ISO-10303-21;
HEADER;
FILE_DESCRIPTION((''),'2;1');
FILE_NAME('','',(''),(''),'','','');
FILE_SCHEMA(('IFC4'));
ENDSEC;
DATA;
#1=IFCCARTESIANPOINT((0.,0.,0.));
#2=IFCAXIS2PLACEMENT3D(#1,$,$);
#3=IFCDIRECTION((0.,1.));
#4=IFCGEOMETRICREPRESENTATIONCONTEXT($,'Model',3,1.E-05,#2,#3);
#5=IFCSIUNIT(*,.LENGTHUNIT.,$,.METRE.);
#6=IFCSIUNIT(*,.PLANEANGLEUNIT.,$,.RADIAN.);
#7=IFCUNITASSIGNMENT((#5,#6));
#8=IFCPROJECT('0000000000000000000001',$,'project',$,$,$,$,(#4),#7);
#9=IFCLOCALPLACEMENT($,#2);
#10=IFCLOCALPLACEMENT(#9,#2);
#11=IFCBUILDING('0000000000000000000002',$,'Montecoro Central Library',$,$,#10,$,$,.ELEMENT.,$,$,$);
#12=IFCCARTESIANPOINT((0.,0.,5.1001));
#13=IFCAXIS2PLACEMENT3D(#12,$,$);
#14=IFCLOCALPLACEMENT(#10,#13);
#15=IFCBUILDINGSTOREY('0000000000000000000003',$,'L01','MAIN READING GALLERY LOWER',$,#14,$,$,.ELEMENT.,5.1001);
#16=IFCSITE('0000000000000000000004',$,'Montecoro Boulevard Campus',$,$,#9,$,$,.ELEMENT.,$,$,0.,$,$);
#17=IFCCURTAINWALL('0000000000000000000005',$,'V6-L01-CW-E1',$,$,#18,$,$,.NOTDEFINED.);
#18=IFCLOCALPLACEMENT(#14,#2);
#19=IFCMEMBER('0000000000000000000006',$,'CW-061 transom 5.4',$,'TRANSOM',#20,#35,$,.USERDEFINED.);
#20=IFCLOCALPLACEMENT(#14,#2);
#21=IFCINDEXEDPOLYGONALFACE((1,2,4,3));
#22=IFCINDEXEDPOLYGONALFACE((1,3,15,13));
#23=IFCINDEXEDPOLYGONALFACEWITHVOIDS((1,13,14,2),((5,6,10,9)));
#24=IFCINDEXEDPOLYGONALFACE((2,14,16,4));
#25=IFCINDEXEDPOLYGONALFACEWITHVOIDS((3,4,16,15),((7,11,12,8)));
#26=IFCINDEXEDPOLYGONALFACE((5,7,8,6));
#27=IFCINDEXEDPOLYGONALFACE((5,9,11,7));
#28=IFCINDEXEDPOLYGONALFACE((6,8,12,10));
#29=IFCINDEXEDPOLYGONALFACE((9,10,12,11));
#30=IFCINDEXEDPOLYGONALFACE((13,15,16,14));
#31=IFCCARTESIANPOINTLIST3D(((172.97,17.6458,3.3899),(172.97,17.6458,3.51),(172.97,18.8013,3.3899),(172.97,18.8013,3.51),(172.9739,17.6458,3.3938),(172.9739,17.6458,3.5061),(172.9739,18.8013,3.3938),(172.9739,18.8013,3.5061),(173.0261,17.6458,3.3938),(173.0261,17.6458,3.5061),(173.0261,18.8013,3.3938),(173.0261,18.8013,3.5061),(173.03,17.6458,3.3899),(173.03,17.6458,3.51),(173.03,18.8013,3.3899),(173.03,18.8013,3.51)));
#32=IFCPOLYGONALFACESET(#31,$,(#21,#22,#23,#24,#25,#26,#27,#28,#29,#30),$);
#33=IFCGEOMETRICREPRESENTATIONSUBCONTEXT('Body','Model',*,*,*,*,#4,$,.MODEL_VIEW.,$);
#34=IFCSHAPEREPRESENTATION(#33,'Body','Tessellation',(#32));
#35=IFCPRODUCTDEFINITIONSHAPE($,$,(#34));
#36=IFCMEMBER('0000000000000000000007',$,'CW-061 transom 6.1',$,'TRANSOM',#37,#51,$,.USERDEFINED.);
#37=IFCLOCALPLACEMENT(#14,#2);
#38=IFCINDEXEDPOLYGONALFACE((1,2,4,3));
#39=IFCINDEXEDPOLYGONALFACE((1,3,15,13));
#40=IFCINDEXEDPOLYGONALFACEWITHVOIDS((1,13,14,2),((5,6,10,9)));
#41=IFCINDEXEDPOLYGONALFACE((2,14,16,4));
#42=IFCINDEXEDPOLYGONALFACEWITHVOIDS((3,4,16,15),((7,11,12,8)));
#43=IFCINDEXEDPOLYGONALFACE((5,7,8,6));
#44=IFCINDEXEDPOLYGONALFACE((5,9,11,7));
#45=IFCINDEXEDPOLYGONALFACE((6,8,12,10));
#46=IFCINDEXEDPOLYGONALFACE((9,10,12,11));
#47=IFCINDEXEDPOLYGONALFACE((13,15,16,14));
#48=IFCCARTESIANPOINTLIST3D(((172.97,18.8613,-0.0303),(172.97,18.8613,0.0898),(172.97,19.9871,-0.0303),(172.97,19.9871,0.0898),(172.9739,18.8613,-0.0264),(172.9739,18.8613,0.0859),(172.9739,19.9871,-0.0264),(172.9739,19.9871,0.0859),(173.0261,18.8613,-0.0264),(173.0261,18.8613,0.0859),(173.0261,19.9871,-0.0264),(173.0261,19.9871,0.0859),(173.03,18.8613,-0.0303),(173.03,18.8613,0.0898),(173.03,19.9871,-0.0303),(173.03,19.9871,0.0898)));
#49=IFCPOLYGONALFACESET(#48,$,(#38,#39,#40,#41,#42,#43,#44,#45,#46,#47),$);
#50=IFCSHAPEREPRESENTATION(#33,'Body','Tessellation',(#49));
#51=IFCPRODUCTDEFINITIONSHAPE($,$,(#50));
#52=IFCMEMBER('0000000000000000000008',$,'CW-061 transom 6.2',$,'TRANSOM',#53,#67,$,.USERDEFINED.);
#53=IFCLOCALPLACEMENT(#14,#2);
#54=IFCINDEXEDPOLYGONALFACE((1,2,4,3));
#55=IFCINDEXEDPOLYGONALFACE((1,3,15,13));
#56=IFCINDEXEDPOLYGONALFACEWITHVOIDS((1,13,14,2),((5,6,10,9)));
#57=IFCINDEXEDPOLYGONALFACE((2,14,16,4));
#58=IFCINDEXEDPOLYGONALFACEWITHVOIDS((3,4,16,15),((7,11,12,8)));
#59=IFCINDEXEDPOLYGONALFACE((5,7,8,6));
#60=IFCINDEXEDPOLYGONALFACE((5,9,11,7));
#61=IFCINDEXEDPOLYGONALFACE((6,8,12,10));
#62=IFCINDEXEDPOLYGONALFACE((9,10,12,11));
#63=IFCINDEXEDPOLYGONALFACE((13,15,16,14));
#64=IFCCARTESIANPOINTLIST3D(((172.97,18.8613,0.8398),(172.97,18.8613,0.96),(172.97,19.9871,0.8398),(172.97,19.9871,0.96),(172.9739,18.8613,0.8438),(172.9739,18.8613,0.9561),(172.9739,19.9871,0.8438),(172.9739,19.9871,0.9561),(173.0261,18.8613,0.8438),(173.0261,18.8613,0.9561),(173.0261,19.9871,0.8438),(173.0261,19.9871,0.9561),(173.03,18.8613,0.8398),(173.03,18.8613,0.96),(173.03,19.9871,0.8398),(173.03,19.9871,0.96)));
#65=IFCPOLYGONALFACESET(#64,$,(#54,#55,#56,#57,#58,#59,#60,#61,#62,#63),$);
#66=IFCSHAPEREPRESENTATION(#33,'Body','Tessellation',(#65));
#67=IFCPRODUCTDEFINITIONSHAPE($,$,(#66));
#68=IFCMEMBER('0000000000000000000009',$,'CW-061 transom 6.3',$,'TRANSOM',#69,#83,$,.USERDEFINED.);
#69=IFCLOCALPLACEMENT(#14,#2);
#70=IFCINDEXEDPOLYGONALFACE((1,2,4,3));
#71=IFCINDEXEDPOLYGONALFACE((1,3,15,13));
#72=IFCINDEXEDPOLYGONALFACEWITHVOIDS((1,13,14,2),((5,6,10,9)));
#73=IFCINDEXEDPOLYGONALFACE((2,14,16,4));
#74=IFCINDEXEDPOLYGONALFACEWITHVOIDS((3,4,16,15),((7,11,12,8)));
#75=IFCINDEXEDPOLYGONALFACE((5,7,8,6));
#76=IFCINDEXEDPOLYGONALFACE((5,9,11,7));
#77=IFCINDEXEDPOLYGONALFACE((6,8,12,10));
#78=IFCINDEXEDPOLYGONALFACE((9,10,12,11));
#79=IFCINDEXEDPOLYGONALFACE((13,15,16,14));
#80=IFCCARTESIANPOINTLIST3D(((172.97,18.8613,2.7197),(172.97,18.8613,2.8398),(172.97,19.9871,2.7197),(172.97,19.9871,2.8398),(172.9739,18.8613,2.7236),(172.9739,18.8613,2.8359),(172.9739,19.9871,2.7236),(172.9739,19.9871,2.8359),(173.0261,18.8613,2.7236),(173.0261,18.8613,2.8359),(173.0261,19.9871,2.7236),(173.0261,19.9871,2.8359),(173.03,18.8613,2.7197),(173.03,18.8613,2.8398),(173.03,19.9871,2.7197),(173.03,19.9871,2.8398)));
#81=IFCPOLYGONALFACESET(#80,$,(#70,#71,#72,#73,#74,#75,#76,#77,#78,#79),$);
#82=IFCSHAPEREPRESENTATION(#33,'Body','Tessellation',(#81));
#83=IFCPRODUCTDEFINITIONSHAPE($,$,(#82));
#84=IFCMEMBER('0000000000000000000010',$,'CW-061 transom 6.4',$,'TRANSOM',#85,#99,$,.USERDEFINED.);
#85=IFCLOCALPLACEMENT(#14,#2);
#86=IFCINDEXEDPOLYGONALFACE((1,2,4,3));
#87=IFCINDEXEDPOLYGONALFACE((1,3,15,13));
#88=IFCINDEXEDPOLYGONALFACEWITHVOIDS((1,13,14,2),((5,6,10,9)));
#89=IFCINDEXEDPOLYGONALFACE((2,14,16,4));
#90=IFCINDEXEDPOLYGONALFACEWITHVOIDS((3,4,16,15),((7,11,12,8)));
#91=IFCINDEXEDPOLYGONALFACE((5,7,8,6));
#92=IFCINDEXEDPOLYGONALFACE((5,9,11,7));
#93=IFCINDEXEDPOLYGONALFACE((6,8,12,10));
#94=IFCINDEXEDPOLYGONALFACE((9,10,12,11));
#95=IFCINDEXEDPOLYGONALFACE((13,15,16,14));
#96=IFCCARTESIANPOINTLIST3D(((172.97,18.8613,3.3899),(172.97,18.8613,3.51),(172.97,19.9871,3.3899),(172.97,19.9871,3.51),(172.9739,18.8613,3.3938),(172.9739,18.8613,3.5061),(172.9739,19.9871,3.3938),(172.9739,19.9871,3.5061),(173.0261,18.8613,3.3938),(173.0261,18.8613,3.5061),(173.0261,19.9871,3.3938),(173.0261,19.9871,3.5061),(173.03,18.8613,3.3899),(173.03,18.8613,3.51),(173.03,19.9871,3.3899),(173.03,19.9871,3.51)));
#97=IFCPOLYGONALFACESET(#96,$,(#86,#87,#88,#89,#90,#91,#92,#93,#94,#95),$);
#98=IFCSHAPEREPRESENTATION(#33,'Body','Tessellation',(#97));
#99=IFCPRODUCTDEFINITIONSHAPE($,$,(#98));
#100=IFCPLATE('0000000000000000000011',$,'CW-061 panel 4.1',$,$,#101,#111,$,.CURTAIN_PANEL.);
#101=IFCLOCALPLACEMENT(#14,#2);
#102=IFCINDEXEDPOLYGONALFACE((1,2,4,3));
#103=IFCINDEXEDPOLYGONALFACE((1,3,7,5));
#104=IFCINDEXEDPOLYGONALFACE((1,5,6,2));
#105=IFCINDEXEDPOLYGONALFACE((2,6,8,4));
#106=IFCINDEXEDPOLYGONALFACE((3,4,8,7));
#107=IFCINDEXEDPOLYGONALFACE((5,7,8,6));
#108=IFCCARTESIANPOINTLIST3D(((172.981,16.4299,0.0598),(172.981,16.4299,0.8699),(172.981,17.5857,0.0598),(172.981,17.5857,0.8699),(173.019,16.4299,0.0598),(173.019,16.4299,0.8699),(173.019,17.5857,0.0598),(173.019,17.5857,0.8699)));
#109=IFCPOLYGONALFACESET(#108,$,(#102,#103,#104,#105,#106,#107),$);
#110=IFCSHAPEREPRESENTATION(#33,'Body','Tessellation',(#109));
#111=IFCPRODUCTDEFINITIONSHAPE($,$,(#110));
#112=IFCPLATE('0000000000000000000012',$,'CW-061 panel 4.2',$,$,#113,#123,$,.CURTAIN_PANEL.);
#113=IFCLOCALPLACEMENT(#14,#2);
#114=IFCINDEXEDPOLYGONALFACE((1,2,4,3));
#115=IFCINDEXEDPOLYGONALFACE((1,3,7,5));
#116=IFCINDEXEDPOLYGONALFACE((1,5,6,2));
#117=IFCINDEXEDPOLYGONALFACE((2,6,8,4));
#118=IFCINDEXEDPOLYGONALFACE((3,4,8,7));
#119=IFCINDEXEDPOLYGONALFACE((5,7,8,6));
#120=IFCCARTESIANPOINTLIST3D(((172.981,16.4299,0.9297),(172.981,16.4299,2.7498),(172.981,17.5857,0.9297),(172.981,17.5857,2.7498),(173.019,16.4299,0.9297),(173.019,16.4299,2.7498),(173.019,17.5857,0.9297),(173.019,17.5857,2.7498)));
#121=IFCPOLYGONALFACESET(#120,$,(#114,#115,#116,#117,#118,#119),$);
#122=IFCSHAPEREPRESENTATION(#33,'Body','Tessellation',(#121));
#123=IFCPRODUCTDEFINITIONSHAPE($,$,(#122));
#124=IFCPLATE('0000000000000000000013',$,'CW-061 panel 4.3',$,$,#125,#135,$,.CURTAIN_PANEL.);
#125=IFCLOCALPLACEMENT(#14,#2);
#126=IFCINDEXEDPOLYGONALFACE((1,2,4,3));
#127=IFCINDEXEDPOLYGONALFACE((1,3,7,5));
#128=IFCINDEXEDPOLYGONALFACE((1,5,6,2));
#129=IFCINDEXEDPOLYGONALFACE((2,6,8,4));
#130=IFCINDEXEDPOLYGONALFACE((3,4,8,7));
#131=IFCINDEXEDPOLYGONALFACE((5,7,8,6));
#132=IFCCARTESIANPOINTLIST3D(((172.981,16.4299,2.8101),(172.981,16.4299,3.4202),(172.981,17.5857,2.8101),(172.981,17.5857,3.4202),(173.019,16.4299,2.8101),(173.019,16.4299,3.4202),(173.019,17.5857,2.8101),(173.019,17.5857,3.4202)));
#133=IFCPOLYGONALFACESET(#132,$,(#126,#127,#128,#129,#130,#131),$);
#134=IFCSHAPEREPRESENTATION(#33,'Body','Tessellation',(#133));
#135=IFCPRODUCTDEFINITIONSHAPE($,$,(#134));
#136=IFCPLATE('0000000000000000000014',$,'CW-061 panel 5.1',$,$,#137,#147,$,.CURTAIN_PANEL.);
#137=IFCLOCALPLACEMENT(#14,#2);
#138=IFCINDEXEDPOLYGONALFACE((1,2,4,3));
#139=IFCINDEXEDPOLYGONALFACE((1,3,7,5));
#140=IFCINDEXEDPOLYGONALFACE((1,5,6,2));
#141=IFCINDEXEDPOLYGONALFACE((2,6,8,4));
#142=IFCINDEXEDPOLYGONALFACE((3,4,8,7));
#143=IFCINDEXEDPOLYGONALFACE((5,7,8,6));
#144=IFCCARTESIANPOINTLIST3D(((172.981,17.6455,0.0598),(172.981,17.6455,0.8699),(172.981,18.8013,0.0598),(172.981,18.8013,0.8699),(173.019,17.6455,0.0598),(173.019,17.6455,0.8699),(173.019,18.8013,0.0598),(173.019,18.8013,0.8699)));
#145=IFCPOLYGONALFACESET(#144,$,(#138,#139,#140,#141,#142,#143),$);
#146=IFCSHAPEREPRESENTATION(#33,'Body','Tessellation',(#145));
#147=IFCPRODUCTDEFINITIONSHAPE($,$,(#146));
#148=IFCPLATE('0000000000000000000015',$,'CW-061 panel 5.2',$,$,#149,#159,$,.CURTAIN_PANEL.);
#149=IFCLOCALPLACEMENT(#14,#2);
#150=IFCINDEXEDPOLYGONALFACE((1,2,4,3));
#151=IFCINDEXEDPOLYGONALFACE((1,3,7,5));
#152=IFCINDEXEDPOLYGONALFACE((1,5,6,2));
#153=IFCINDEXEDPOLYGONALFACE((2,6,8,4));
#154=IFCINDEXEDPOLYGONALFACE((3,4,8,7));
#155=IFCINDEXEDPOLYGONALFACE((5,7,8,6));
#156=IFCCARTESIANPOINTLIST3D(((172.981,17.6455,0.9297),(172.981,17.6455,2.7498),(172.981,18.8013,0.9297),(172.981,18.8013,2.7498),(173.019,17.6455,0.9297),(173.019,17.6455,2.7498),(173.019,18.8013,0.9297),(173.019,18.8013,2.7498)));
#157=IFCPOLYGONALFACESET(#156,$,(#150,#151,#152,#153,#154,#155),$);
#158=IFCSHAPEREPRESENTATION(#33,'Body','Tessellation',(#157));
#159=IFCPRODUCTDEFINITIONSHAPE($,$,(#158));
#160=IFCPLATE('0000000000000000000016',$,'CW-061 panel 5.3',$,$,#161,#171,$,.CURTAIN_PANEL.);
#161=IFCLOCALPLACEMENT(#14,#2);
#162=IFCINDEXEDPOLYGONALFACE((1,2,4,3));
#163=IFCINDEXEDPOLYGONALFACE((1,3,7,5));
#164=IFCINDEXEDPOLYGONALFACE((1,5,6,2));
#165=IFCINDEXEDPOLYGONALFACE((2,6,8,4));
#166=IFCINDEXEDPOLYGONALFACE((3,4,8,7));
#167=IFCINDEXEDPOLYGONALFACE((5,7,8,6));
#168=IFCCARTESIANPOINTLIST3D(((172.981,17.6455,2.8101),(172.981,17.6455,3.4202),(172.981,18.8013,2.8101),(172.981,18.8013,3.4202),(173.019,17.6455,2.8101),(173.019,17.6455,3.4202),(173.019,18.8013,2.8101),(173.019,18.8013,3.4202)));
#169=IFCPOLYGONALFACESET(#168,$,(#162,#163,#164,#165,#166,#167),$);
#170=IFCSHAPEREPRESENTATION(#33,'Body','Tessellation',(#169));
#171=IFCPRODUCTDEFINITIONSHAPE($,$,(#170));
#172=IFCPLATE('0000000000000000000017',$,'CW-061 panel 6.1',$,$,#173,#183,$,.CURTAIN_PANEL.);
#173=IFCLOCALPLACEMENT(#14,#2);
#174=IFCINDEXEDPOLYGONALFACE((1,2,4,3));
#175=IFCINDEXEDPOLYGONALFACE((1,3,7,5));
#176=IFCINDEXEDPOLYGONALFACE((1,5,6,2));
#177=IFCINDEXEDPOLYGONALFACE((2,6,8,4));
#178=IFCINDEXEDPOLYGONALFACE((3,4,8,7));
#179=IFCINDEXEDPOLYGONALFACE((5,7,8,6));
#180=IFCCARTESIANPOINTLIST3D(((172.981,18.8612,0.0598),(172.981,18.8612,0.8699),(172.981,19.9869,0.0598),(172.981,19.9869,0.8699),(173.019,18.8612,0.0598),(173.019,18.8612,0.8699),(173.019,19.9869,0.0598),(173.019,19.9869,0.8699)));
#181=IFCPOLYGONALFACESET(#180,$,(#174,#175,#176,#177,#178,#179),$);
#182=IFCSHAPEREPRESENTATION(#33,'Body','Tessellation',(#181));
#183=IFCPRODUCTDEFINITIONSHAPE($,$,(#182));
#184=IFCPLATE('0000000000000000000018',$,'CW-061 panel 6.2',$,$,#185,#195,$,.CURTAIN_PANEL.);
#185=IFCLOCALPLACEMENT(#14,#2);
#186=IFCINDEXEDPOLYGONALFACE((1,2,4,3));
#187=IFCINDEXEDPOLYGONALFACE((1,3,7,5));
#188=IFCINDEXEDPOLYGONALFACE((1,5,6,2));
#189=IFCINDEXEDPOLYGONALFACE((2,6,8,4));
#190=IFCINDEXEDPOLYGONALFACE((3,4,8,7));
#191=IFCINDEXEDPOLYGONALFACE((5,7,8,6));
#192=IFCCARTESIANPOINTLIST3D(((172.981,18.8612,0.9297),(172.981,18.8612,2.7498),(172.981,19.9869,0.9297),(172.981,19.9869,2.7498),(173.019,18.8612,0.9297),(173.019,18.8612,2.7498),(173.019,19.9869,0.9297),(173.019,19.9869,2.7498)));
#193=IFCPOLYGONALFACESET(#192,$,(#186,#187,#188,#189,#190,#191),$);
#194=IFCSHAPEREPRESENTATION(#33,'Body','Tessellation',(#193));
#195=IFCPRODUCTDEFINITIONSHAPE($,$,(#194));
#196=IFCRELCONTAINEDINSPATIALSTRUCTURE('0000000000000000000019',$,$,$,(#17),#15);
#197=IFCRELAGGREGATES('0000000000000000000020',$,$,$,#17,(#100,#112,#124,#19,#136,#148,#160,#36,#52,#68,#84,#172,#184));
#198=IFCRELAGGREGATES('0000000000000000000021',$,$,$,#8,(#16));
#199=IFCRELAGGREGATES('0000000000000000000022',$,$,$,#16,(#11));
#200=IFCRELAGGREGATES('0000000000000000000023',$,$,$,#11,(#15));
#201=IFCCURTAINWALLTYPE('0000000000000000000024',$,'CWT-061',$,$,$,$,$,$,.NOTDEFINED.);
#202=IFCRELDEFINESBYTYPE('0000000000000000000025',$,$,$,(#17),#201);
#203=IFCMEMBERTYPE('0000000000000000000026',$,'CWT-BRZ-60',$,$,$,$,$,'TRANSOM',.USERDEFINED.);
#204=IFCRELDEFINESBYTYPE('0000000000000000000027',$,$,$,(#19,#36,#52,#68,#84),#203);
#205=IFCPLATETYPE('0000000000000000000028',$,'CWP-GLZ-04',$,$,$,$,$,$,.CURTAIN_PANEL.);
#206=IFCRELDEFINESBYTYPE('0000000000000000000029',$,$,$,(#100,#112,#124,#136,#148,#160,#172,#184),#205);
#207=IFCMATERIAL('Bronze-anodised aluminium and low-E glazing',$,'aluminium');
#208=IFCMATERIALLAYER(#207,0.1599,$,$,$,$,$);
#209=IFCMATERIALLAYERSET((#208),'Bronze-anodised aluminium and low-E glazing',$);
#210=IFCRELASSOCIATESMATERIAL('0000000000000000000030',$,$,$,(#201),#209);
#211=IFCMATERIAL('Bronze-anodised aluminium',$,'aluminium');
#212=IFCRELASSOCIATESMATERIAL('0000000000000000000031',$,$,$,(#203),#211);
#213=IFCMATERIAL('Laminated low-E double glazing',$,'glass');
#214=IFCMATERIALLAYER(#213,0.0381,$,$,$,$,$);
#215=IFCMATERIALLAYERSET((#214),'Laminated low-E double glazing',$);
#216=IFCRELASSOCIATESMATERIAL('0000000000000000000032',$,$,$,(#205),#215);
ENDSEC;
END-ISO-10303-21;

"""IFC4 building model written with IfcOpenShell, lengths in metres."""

from ifc_helpers import new_model, si_unit, direction, frame, origin, origin_2d, place, context, subcontext, project, spatial, rectangle, hollow_rectangle, extrude, material, layer, layer_set, material_profile, profile_set, type_object, element, aggregate, save


model = new_model("IFC4")

# Units and contexts
model_context = context("Model", 3, precision=1e-05, world=origin(), true_north=direction((0.0, 1.0)))
body_context = subcontext(model_context, "Body", "Model", "MODEL_VIEW")
ifc_project = project(units=[si_unit("LENGTHUNIT", "METRE"), si_unit("PLANEANGLEUNIT", "RADIAN")], contexts=[model_context])

# Site, building, storey
site_placement = place(None, origin())
site = spatial("IfcSite", under=ifc_project, at=site_placement, Name="Montecoro Boulevard Campus", CompositionType="ELEMENT", RefElevation=0.0)
building_placement = place(site_placement, origin())
building = spatial("IfcBuilding", under=site, at=building_placement, Name="Montecoro Central Library", CompositionType="ELEMENT")
storey_placement = place(building_placement, frame((0.0, 0.0, 5.1001)))
storey = spatial("IfcBuildingStorey", under=building, at=storey_placement, Name="L01", Description="MAIN READING GALLERY LOWER", CompositionType="ELEMENT", Elevation=5.1001)

# Curtain wall, members, plates
ifc_material_1 = material(Name="Bronze-anodised aluminium and low-E glazing", Category="aluminium")
ifc_layer_1 = layer(ifc_material_1, 0.1599)
ifc_layer_set_1 = layer_set([ifc_layer_1], Name="Bronze-anodised aluminium and low-E glazing")
curtain_wall_type = type_object("IfcCurtainWallType", Name="CWT-061", PredefinedType="NOTDEFINED", material=ifc_layer_set_1)
curtain_wall_placement = place(storey_placement, origin())
curtain_wall = element("IfcCurtainWall", 1, at=curtain_wall_placement, inside=storey, type_object=curtain_wall_type, Name="V6-L01-CW-E1", PredefinedType="NOTDEFINED")
ifc_material_2 = material(Name="Bronze-anodised aluminium", Category="aluminium")
ifc_material_profile_1 = material_profile(ifc_material_2, hollow_rectangle(XDim=0.0601, YDim=0.1201, WallThickness=0.0039, at=origin_2d()), Name="CWT 120x60x4.0")
ifc_profile_set_1 = profile_set([ifc_material_profile_1], Name="Bronze-anodised aluminium")
member_type_1 = type_object("IfcMemberType", Name="CWT-BRZ-60", ElementType="TRANSOM", PredefinedType="USERDEFINED", material=ifc_profile_set_1)
member_1_placement = place(storey_placement, frame((173.0, 17.6458, 3.45), z_axis=(0.0, 1.0, 0.0), x_axis=(-1.0, 0.0, 0.0)))
member_1 = element("IfcMember", 2, at=member_1_placement, type_object=member_type_1, Name="CW-061 transom 5.4", ObjectType="TRANSOM", PredefinedType="USERDEFINED", context=body_context, shape_type="SweptSolid", body=[
    extrude(hollow_rectangle(XDim=0.0601, YDim=0.1201, WallThickness=0.0039, at=origin_2d()), origin(), (0.0, 0.0, 1.0), 1.1555),
])
member_2_placement = place(storey_placement, frame((173.0, 18.8613, 0.0298), z_axis=(0.0, 1.0, 0.0), x_axis=(-1.0, 0.0, 0.0)))
member_2 = element("IfcMember", 3, at=member_2_placement, type_object=member_type_1, Name="CW-061 transom 6.1", ObjectType="TRANSOM", PredefinedType="USERDEFINED", context=body_context, shape_type="SweptSolid", body=[
    extrude(hollow_rectangle(XDim=0.0601, YDim=0.1201, WallThickness=0.0039, at=origin_2d()), origin(), (0.0, 0.0, 1.0), 1.1257),
])
member_3_placement = place(storey_placement, frame((173.0, 18.8613, 0.8999), z_axis=(0.0, 1.0, 0.0), x_axis=(-1.0, 0.0, 0.0)))
member_3 = element("IfcMember", 4, at=member_3_placement, type_object=member_type_1, Name="CW-061 transom 6.2", ObjectType="TRANSOM", PredefinedType="USERDEFINED", context=body_context, shape_type="SweptSolid", body=[
    extrude(hollow_rectangle(XDim=0.0601, YDim=0.1201, WallThickness=0.0039, at=origin_2d()), origin(), (0.0, 0.0, 1.0), 1.1257),
])
member_4_placement = place(storey_placement, frame((173.0, 18.8613, 2.7798), z_axis=(0.0, 1.0, 0.0), x_axis=(-1.0, 0.0, 0.0)))
member_4 = element("IfcMember", 5, at=member_4_placement, type_object=member_type_1, Name="CW-061 transom 6.3", ObjectType="TRANSOM", PredefinedType="USERDEFINED", context=body_context, shape_type="SweptSolid", body=[
    extrude(hollow_rectangle(XDim=0.0601, YDim=0.1201, WallThickness=0.0039, at=origin_2d()), origin(), (0.0, 0.0, 1.0), 1.1257),
])
member_5_placement = place(storey_placement, frame((173.0, 18.8613, 3.45), z_axis=(0.0, 1.0, 0.0), x_axis=(-1.0, 0.0, 0.0)))
member_5 = element("IfcMember", 6, at=member_5_placement, type_object=member_type_1, Name="CW-061 transom 6.4", ObjectType="TRANSOM", PredefinedType="USERDEFINED", context=body_context, shape_type="SweptSolid", body=[
    extrude(hollow_rectangle(XDim=0.0601, YDim=0.1201, WallThickness=0.0039, at=origin_2d()), origin(), (0.0, 0.0, 1.0), 1.1257),
])
ifc_material_3 = material(Name="Laminated low-E double glazing", Category="glass")
ifc_layer_2 = layer(ifc_material_3, 0.0381)
ifc_layer_set_2 = layer_set([ifc_layer_2], Name="Laminated low-E double glazing")
plate_type = type_object("IfcPlateType", Name="CWP-GLZ-04", PredefinedType="CURTAIN_PANEL", material=ifc_layer_set_2)
plate_1_placement = place(storey_placement, frame((173.0, 17.0078, 0.0598), z_axis=(0.0, 0.0, 1.0), x_axis=(0.0, 1.0, 0.0)))
plate_1 = element("IfcPlate", 7, at=plate_1_placement, type_object=plate_type, Name="CW-061 panel 4.1", PredefinedType="CURTAIN_PANEL", context=body_context, shape_type="SweptSolid", body=[
    extrude(rectangle(XDim=1.1558, YDim=0.0381, at=origin_2d()), origin(), (0.0, 0.0, 1.0), 0.8101),
])
plate_2_placement = place(storey_placement, frame((173.0, 17.0078, 0.9297), z_axis=(0.0, 0.0, 1.0), x_axis=(0.0, 1.0, 0.0)))
plate_2 = element("IfcPlate", 8, at=plate_2_placement, type_object=plate_type, Name="CW-061 panel 4.2", PredefinedType="CURTAIN_PANEL", context=body_context, shape_type="SweptSolid", body=[
    extrude(rectangle(XDim=1.1558, YDim=0.0381, at=origin_2d()), origin(), (0.0, 0.0, 1.0), 1.8201),
])
plate_3_placement = place(storey_placement, frame((173.0, 17.0078, 2.8101), z_axis=(0.0, 0.0, 1.0), x_axis=(0.0, 1.0, 0.0)))
plate_3 = element("IfcPlate", 9, at=plate_3_placement, type_object=plate_type, Name="CW-061 panel 4.3", PredefinedType="CURTAIN_PANEL", context=body_context, shape_type="SweptSolid", body=[
    extrude(rectangle(XDim=1.1558, YDim=0.0381, at=origin_2d()), origin(), (0.0, 0.0, 1.0), 0.6101),
])
plate_4_placement = place(storey_placement, frame((173.0, 18.2234, 0.0598), z_axis=(0.0, 0.0, 1.0), x_axis=(0.0, 1.0, 0.0)))
plate_4 = element("IfcPlate", 10, at=plate_4_placement, type_object=plate_type, Name="CW-061 panel 5.1", PredefinedType="CURTAIN_PANEL", context=body_context, shape_type="SweptSolid", body=[
    extrude(rectangle(XDim=1.1558, YDim=0.0381, at=origin_2d()), origin(), (0.0, 0.0, 1.0), 0.8101),
])
plate_5_placement = place(storey_placement, frame((173.0, 18.2234, 0.9297), z_axis=(0.0, 0.0, 1.0), x_axis=(0.0, 1.0, 0.0)))
plate_5 = element("IfcPlate", 11, at=plate_5_placement, type_object=plate_type, Name="CW-061 panel 5.2", PredefinedType="CURTAIN_PANEL", context=body_context, shape_type="SweptSolid", body=[
    extrude(rectangle(XDim=1.1558, YDim=0.0381, at=origin_2d()), origin(), (0.0, 0.0, 1.0), 1.8201),
])
plate_6_placement = place(storey_placement, frame((173.0, 18.2234, 2.8101), z_axis=(0.0, 0.0, 1.0), x_axis=(0.0, 1.0, 0.0)))
plate_6 = element("IfcPlate", 12, at=plate_6_placement, type_object=plate_type, Name="CW-061 panel 5.3", PredefinedType="CURTAIN_PANEL", context=body_context, shape_type="SweptSolid", body=[
    extrude(rectangle(XDim=1.1558, YDim=0.0381, at=origin_2d()), origin(), (0.0, 0.0, 1.0), 0.6101),
])
plate_7_placement = place(storey_placement, frame((173.0, 19.4241, 0.0598), z_axis=(0.0, 0.0, 1.0), x_axis=(0.0, 1.0, 0.0)))
plate_7 = element("IfcPlate", 13, at=plate_7_placement, type_object=plate_type, Name="CW-061 panel 6.1", PredefinedType="CURTAIN_PANEL", context=body_context, shape_type="SweptSolid", body=[
    extrude(rectangle(XDim=1.1257, YDim=0.0381, at=origin_2d()), origin(), (0.0, 0.0, 1.0), 0.8101),
])
plate_8_placement = place(storey_placement, frame((173.0, 19.4241, 0.9297), z_axis=(0.0, 0.0, 1.0), x_axis=(0.0, 1.0, 0.0)))
plate_8 = element("IfcPlate", 14, at=plate_8_placement, type_object=plate_type, Name="CW-061 panel 6.2", PredefinedType="CURTAIN_PANEL", context=body_context, shape_type="SweptSolid", body=[
    extrude(rectangle(XDim=1.1257, YDim=0.0381, at=origin_2d()), origin(), (0.0, 0.0, 1.0), 1.8201),
])
aggregate(curtain_wall, [plate_1, plate_2, plate_3, member_1, plate_4, plate_5, plate_6, member_2, member_3, member_4, member_5, plate_7, plate_8])

save(model, "model.ifc")
